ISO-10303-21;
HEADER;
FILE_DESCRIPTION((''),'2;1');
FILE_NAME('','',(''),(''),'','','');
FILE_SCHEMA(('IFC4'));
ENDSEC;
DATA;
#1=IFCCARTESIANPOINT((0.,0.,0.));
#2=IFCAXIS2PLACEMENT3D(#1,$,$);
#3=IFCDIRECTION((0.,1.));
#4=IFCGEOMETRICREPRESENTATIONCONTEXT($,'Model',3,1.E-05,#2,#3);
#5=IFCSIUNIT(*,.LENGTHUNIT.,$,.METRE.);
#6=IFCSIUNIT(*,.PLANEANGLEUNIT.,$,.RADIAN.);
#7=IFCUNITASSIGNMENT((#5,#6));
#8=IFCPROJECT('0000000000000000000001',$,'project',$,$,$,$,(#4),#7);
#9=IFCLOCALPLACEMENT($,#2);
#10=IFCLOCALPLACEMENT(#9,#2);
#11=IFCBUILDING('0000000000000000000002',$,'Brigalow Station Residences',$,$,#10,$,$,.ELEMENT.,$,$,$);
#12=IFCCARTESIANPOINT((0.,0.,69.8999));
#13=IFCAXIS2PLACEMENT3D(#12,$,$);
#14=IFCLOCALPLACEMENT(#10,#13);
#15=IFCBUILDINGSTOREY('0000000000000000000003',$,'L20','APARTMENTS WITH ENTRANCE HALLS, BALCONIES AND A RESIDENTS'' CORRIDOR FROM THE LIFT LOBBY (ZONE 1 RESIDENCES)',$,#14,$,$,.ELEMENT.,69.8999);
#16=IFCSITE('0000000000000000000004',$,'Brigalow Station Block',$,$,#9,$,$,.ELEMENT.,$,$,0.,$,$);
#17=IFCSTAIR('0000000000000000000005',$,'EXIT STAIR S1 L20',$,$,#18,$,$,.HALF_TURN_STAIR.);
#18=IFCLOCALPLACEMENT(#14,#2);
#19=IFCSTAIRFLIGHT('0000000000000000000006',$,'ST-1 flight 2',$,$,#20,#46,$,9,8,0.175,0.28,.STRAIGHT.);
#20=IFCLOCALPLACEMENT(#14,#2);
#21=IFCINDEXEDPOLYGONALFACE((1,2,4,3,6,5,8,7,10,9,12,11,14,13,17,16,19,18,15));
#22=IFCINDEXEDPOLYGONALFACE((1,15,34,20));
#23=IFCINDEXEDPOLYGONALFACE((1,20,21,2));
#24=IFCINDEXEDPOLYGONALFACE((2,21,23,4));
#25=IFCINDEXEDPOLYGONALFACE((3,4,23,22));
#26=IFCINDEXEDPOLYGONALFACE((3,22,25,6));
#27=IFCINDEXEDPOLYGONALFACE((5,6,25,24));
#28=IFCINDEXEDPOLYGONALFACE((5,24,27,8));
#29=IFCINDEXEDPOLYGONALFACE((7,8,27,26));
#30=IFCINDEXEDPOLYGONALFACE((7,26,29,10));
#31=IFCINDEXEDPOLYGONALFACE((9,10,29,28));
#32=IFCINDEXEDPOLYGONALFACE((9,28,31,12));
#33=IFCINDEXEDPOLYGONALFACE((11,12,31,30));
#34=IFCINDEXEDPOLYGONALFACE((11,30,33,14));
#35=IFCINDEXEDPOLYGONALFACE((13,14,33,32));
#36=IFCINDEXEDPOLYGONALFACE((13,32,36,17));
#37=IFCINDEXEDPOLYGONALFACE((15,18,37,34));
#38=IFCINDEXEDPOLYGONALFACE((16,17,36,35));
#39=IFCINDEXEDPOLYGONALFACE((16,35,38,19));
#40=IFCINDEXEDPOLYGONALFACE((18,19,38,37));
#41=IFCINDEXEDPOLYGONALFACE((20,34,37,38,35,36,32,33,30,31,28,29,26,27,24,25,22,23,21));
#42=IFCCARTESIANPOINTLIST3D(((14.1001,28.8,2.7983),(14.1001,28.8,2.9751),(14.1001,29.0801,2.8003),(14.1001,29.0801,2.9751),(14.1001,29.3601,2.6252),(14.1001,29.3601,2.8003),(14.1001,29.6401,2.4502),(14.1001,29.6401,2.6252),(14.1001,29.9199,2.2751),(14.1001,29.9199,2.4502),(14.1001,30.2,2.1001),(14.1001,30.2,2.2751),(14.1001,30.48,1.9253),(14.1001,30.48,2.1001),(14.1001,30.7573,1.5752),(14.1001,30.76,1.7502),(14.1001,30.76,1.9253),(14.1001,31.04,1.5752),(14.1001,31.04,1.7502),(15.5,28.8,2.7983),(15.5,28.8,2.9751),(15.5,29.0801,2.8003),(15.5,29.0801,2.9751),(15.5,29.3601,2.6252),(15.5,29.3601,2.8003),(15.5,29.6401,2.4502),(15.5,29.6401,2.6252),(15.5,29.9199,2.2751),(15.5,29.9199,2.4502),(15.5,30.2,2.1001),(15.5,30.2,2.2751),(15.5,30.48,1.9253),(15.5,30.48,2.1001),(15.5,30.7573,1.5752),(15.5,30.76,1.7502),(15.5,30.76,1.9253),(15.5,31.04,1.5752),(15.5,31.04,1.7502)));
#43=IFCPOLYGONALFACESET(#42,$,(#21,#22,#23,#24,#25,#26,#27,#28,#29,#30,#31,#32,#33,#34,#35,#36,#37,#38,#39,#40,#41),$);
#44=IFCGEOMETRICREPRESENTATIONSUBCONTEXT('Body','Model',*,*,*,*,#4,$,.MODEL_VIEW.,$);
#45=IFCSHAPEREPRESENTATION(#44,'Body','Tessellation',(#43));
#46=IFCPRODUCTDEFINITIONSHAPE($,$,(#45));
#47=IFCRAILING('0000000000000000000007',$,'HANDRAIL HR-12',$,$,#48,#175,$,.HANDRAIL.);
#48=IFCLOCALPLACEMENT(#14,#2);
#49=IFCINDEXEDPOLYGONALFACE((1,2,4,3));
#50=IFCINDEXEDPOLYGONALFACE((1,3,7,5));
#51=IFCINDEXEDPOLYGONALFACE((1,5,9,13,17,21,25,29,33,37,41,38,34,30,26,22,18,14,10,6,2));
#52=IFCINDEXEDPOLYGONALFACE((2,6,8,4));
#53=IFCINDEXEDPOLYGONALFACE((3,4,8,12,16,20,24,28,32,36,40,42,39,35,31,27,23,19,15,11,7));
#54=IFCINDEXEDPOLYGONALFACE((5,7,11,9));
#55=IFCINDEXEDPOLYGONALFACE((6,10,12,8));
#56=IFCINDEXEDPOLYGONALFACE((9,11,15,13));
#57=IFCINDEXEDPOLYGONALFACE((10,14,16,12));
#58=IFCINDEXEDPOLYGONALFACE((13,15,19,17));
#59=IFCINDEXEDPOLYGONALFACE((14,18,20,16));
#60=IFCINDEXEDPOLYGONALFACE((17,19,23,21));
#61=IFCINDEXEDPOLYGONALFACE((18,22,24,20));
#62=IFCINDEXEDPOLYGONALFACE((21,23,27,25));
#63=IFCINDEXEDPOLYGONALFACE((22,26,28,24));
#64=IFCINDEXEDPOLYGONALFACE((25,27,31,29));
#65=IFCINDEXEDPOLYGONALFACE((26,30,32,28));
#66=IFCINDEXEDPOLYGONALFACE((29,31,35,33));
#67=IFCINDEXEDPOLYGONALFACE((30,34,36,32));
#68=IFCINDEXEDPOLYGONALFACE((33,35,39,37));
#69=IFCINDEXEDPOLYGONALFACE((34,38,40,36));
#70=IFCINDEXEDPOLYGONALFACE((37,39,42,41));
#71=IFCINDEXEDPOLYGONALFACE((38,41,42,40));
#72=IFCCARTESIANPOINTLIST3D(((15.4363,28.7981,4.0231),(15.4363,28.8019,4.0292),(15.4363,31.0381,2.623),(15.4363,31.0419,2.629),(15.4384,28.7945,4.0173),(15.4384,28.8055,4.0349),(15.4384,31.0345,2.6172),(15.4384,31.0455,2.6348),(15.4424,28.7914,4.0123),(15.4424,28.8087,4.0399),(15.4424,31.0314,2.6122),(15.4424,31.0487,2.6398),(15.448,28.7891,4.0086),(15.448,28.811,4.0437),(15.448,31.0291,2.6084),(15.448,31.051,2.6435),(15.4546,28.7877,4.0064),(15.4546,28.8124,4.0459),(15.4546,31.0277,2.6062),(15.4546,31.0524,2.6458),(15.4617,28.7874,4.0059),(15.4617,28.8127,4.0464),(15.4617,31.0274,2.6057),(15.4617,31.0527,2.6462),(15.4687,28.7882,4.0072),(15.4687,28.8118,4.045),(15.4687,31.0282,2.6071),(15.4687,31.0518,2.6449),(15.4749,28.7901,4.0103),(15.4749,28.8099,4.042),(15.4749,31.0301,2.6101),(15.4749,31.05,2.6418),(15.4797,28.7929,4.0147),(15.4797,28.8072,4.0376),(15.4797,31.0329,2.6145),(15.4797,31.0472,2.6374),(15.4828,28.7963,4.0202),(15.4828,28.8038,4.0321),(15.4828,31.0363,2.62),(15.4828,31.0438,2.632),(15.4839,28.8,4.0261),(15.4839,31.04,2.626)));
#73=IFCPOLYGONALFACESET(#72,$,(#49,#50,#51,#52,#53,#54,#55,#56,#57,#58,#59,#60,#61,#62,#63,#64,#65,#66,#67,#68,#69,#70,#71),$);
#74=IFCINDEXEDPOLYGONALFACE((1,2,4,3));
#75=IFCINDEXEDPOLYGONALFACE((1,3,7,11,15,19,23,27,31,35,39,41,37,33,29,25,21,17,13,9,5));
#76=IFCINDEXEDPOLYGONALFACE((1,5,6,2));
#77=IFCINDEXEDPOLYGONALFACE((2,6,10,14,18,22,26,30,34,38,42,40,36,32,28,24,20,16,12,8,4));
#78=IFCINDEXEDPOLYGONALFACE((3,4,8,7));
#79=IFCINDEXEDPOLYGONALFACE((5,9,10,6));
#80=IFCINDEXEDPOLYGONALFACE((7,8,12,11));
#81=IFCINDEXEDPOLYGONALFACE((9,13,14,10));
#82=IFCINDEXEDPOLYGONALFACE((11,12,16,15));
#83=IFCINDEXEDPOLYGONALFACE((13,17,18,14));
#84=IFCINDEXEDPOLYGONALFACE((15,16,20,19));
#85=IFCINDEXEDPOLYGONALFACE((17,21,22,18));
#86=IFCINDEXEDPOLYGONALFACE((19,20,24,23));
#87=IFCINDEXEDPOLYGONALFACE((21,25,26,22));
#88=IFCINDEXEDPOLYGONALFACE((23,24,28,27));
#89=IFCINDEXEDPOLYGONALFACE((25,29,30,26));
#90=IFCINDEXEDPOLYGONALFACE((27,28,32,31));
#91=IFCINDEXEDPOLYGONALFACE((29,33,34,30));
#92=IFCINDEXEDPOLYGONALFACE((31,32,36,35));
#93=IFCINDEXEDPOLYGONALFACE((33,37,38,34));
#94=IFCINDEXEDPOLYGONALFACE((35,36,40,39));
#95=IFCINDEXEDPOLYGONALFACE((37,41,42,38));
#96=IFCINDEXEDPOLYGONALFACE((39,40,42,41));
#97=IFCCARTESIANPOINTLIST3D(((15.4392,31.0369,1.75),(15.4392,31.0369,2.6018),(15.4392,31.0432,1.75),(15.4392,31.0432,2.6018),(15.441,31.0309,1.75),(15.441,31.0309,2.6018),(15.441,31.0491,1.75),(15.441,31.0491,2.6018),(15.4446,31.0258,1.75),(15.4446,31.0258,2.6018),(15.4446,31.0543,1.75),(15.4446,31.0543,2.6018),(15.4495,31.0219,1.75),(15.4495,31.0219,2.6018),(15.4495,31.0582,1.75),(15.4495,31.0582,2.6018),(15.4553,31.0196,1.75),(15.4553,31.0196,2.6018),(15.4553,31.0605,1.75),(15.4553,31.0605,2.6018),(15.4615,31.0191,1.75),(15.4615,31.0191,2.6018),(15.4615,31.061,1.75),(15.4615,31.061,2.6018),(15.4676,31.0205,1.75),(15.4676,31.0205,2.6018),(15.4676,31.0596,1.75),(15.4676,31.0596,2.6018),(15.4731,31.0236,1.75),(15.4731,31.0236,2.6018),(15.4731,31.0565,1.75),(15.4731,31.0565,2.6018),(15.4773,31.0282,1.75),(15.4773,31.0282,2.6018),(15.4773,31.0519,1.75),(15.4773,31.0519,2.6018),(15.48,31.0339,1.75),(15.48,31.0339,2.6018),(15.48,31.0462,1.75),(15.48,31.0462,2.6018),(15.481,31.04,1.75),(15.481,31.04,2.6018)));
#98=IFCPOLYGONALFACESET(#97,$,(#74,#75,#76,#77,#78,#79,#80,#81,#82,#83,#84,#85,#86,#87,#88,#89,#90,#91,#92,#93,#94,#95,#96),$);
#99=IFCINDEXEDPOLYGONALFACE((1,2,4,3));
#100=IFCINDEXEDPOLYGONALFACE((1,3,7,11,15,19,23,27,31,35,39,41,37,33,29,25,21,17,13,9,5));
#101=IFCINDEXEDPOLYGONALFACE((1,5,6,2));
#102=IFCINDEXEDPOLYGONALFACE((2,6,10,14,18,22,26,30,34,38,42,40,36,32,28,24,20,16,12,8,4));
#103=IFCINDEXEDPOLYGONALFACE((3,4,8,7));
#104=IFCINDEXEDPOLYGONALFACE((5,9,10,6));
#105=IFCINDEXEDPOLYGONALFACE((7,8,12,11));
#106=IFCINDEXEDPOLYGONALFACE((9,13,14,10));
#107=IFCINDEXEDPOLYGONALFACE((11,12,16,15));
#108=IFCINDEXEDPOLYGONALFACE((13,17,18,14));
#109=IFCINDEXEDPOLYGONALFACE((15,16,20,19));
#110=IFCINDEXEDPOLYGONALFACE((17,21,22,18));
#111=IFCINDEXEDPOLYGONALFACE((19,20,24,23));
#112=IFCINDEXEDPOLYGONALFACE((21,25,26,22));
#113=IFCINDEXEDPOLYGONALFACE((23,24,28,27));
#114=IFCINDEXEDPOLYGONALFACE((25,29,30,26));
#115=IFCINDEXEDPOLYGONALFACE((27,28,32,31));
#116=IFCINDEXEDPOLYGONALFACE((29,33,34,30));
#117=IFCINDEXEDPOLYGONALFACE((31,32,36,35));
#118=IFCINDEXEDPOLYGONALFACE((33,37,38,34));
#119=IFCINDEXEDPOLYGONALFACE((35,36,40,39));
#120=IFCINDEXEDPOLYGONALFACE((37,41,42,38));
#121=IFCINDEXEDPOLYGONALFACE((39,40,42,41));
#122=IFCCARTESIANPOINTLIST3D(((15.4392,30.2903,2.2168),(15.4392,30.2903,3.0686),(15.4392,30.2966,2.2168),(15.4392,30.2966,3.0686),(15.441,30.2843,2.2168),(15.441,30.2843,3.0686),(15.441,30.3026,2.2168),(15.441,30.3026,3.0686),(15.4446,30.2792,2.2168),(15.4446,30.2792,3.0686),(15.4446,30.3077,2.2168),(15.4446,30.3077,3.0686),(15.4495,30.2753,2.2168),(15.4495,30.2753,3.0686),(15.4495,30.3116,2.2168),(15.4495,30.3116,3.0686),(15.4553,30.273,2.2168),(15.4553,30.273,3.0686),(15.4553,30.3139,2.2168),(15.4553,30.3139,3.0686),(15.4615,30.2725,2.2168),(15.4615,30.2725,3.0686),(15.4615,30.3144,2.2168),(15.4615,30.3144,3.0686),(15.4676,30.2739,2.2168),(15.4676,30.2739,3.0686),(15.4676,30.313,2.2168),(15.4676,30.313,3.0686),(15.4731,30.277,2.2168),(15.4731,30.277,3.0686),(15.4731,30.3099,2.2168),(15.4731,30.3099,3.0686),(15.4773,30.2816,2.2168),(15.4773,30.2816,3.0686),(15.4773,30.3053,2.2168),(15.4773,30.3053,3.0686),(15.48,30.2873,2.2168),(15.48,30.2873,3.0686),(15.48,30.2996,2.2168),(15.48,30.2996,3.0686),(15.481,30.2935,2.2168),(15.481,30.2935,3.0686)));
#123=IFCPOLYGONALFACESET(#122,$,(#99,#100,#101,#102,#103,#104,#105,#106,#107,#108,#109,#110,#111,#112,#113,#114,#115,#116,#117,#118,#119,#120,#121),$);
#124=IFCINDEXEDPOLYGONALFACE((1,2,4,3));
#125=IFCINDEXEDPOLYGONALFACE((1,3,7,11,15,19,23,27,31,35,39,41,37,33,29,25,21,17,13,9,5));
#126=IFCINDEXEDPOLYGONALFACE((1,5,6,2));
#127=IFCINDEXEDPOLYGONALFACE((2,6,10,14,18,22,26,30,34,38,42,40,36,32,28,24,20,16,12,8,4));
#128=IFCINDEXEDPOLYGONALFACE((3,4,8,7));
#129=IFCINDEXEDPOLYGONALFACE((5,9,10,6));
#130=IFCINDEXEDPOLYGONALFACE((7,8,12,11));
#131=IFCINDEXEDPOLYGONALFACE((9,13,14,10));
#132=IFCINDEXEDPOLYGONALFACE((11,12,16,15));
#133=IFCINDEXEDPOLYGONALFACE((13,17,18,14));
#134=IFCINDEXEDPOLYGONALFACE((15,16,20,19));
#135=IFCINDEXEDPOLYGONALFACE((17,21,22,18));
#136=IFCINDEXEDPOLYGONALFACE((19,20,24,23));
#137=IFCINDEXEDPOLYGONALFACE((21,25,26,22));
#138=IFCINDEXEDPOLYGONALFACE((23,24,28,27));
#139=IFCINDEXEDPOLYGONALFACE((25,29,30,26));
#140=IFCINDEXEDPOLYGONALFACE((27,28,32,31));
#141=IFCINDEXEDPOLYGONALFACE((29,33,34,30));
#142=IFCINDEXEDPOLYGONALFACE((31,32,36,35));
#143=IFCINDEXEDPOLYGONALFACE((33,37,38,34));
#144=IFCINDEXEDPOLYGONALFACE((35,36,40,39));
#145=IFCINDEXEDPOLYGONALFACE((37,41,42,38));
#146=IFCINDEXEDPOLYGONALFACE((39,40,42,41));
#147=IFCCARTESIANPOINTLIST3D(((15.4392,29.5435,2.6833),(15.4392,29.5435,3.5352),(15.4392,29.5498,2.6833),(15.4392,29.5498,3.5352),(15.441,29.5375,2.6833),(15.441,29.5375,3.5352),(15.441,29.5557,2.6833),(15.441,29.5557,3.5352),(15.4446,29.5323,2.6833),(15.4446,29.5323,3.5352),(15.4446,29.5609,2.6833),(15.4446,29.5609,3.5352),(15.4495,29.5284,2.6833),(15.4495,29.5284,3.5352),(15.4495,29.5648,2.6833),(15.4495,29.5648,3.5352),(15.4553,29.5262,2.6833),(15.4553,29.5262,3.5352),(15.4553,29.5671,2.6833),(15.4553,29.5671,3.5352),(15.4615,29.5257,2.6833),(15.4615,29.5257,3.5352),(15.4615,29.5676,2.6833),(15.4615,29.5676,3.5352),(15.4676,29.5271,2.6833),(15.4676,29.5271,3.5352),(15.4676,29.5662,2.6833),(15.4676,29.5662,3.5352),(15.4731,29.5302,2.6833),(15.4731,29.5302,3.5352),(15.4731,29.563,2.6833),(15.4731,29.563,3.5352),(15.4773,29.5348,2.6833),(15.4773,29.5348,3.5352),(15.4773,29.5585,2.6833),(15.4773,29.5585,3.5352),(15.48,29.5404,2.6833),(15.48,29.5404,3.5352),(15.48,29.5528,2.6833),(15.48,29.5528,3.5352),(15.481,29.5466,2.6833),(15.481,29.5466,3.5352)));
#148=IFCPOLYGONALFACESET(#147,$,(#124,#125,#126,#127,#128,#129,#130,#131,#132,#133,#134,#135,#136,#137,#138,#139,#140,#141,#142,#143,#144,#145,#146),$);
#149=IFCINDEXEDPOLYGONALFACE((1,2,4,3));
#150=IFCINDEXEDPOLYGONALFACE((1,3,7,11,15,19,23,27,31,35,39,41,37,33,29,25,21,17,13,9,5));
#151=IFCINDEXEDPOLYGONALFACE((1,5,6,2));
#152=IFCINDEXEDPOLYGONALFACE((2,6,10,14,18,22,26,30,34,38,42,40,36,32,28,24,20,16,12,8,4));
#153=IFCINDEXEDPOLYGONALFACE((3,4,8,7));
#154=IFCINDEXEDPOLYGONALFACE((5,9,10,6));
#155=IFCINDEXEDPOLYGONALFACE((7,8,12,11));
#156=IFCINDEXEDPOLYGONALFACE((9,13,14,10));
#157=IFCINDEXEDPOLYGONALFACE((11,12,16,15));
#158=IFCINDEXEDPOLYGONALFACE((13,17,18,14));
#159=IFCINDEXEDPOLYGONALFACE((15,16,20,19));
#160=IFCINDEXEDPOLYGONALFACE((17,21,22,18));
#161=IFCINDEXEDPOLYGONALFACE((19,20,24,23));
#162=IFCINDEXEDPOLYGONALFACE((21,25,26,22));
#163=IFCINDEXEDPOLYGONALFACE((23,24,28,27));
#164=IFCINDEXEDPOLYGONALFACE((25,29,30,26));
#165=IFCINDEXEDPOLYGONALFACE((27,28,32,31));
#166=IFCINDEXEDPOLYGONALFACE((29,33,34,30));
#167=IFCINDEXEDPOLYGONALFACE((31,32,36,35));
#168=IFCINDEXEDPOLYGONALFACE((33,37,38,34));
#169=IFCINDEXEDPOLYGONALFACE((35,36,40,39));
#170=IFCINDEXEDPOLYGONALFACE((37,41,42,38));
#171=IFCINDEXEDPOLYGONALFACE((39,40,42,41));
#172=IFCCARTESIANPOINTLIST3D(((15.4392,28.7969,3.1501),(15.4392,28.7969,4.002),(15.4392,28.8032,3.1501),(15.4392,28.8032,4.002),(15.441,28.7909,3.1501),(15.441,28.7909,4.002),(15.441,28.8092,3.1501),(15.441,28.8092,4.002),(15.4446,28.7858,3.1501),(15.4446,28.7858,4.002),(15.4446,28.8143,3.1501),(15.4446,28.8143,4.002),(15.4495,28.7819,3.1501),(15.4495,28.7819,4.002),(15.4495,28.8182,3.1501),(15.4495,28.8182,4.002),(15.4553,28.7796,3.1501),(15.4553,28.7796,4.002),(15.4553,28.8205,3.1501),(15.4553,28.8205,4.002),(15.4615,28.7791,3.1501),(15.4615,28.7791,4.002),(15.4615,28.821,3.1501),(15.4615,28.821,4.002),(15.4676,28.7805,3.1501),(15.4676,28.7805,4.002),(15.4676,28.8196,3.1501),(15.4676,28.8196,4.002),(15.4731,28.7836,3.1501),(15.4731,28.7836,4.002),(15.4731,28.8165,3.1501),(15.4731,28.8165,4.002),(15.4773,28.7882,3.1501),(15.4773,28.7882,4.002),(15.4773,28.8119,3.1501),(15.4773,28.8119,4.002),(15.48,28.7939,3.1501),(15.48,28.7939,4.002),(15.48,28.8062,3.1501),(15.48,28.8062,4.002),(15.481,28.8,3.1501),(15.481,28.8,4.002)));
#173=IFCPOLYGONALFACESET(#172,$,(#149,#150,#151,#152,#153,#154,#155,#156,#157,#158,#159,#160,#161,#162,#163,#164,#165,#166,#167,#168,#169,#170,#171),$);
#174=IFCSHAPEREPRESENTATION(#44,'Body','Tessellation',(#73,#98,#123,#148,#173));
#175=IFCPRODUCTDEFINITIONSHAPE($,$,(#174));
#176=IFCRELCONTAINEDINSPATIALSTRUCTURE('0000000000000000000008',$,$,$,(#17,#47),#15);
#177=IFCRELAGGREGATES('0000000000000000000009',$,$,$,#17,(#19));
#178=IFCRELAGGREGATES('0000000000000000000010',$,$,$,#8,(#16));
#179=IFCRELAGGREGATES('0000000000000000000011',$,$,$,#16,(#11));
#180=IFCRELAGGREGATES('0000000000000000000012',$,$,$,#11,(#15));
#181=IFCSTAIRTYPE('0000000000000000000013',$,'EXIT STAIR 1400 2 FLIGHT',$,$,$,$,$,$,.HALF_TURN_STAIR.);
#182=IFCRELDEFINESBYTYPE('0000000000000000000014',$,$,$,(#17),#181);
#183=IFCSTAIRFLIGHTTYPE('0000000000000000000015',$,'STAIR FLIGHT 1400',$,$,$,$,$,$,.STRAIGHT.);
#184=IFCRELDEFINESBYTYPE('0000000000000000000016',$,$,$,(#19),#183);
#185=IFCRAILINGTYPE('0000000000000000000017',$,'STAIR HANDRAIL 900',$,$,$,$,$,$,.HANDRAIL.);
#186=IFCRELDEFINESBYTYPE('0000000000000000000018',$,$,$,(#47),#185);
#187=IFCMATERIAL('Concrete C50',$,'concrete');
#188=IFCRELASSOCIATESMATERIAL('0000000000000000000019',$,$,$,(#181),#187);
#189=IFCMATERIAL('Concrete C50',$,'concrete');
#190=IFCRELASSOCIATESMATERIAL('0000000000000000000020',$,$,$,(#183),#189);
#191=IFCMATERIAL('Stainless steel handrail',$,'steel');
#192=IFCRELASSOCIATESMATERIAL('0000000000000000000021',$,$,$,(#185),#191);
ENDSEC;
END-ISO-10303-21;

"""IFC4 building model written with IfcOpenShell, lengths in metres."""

from ifc_helpers import new_model, si_unit, direction, frame, origin, origin_2d, place, context, subcontext, project, spatial, polyline, circle, outline, extrude, material, type_object, element, aggregate, save


model = new_model("IFC4")

# Units and contexts
model_context = context("Model", 3, precision=1e-05, world=origin(), true_north=direction((0.0, 1.0)))
body_context = subcontext(model_context, "Body", "Model", "MODEL_VIEW")
ifc_project = project(units=[si_unit("LENGTHUNIT", "METRE"), si_unit("PLANEANGLEUNIT", "RADIAN")], contexts=[model_context])

# Site, building, storey
site_placement = place(None, origin())
site = spatial("IfcSite", under=ifc_project, at=site_placement, Name="Brigalow Station Block", CompositionType="ELEMENT", RefElevation=0.0)
building_placement = place(site_placement, origin())
building = spatial("IfcBuilding", under=site, at=building_placement, Name="Brigalow Station Residences", CompositionType="ELEMENT")
storey_placement = place(building_placement, frame((0.0, 0.0, 69.8999)))
storey = spatial("IfcBuildingStorey", under=building, at=storey_placement, Name="L20", Description="APARTMENTS WITH ENTRANCE HALLS, BALCONIES AND A RESIDENTS' CORRIDOR FROM THE LIFT LOBBY (ZONE 1 RESIDENCES)", CompositionType="ELEMENT", Elevation=69.8999)

# Stair, stair flight
ifc_material_1 = material(Name="Concrete C50", Category="concrete")
stair_type = type_object("IfcStairType", Name="EXIT STAIR 1400 2 FLIGHT", PredefinedType="HALF_TURN_STAIR", material=ifc_material_1)
stair_placement = place(storey_placement, origin())
stair = element("IfcStair", 1, at=stair_placement, inside=storey, type_object=stair_type, Name="EXIT STAIR S1 L20", PredefinedType="HALF_TURN_STAIR")
ifc_material_2 = material(Name="Concrete C50", Category="concrete")
stair_flight_type = type_object("IfcStairFlightType", Name="STAIR FLIGHT 1400", PredefinedType="STRAIGHT", material=ifc_material_2)
stair_flight_1_placement = place(storey_placement, frame((14.8, 31.04, 1.5752), z_axis=(0.0, 0.0, 1.0), x_axis=(0.0, -1.0, 0.0)))
stair_flight_1 = element("IfcStairFlight", 2, at=stair_flight_1_placement, type_object=stair_flight_type, Name="ST-1 flight 2", NumberOfRisers=9, NumberOfTreads=8, PredefinedType="STRAIGHT", RiserHeight=0.175, TreadLength=0.28, context=body_context, shape_type="SweptSolid", body=[
    extrude(outline(polyline([(0.0, 0.0), (0.0, 0.175), (0.28, 0.175), (0.28, 0.3501), (0.5601, 0.3501), (0.5601, 0.5249), (0.8401, 0.5249), (0.8401, 0.7), (1.1201, 0.7), (1.1201, 0.875), (1.3999, 0.875), (1.3999, 1.05), (1.6799, 1.05), (1.6799, 1.2251), (1.96, 1.2251), (1.96, 1.3999), (2.24, 1.3999), (2.24, 1.575), (2.24, 1.2231), (0.2827, 0.0), (0.0, 0.0)])), frame((0.0, 0.7, 0.0), z_axis=(0.0, -1.0, 0.0), x_axis=(1.0, 0.0, 0.0)), (0.0, 0.0, 1.0), 1.3999),
])
aggregate(stair, [stair_flight_1])

# Railing
ifc_material_3 = material(Name="Stainless steel handrail", Category="steel")
railing_type_1 = type_object("IfcRailingType", Name="STAIR HANDRAIL 900", PredefinedType="HANDRAIL", material=ifc_material_3)
railing_1_placement = place(storey_placement, frame((15.46, 31.04, 1.75)))
element("IfcRailing", 3, at=railing_1_placement, inside=storey, type_object=railing_type_1, Name="HANDRAIL HR-12", PredefinedType="HANDRAIL", context=body_context, shape_type="SweptSolid", body=[
    extrude(circle(Radius=0.0239, at=origin_2d()), frame((0.0, 0.0, 0.876), z_axis=(0.0, -0.847972, 0.53004), x_axis=(1.0, 0.0, 0.0)), (0.0, 0.0, 1.0), 2.6416),
    extrude(circle(Radius=0.021, at=origin_2d()), origin(), (0.0, 0.0, 1.0), 0.8518),
    extrude(circle(Radius=0.021, at=origin_2d()), frame((0.0, -0.7466, 0.4668)), (0.0, 0.0, 1.0), 0.8518),
    extrude(circle(Radius=0.021, at=origin_2d()), frame((0.0, -1.4934, 0.9333)), (0.0, 0.0, 1.0), 0.8518),
    extrude(circle(Radius=0.021, at=origin_2d()), frame((0.0, -2.24, 1.4001)), (0.0, 0.0, 1.0), 0.8518),
])

save(model, "model.ifc")
